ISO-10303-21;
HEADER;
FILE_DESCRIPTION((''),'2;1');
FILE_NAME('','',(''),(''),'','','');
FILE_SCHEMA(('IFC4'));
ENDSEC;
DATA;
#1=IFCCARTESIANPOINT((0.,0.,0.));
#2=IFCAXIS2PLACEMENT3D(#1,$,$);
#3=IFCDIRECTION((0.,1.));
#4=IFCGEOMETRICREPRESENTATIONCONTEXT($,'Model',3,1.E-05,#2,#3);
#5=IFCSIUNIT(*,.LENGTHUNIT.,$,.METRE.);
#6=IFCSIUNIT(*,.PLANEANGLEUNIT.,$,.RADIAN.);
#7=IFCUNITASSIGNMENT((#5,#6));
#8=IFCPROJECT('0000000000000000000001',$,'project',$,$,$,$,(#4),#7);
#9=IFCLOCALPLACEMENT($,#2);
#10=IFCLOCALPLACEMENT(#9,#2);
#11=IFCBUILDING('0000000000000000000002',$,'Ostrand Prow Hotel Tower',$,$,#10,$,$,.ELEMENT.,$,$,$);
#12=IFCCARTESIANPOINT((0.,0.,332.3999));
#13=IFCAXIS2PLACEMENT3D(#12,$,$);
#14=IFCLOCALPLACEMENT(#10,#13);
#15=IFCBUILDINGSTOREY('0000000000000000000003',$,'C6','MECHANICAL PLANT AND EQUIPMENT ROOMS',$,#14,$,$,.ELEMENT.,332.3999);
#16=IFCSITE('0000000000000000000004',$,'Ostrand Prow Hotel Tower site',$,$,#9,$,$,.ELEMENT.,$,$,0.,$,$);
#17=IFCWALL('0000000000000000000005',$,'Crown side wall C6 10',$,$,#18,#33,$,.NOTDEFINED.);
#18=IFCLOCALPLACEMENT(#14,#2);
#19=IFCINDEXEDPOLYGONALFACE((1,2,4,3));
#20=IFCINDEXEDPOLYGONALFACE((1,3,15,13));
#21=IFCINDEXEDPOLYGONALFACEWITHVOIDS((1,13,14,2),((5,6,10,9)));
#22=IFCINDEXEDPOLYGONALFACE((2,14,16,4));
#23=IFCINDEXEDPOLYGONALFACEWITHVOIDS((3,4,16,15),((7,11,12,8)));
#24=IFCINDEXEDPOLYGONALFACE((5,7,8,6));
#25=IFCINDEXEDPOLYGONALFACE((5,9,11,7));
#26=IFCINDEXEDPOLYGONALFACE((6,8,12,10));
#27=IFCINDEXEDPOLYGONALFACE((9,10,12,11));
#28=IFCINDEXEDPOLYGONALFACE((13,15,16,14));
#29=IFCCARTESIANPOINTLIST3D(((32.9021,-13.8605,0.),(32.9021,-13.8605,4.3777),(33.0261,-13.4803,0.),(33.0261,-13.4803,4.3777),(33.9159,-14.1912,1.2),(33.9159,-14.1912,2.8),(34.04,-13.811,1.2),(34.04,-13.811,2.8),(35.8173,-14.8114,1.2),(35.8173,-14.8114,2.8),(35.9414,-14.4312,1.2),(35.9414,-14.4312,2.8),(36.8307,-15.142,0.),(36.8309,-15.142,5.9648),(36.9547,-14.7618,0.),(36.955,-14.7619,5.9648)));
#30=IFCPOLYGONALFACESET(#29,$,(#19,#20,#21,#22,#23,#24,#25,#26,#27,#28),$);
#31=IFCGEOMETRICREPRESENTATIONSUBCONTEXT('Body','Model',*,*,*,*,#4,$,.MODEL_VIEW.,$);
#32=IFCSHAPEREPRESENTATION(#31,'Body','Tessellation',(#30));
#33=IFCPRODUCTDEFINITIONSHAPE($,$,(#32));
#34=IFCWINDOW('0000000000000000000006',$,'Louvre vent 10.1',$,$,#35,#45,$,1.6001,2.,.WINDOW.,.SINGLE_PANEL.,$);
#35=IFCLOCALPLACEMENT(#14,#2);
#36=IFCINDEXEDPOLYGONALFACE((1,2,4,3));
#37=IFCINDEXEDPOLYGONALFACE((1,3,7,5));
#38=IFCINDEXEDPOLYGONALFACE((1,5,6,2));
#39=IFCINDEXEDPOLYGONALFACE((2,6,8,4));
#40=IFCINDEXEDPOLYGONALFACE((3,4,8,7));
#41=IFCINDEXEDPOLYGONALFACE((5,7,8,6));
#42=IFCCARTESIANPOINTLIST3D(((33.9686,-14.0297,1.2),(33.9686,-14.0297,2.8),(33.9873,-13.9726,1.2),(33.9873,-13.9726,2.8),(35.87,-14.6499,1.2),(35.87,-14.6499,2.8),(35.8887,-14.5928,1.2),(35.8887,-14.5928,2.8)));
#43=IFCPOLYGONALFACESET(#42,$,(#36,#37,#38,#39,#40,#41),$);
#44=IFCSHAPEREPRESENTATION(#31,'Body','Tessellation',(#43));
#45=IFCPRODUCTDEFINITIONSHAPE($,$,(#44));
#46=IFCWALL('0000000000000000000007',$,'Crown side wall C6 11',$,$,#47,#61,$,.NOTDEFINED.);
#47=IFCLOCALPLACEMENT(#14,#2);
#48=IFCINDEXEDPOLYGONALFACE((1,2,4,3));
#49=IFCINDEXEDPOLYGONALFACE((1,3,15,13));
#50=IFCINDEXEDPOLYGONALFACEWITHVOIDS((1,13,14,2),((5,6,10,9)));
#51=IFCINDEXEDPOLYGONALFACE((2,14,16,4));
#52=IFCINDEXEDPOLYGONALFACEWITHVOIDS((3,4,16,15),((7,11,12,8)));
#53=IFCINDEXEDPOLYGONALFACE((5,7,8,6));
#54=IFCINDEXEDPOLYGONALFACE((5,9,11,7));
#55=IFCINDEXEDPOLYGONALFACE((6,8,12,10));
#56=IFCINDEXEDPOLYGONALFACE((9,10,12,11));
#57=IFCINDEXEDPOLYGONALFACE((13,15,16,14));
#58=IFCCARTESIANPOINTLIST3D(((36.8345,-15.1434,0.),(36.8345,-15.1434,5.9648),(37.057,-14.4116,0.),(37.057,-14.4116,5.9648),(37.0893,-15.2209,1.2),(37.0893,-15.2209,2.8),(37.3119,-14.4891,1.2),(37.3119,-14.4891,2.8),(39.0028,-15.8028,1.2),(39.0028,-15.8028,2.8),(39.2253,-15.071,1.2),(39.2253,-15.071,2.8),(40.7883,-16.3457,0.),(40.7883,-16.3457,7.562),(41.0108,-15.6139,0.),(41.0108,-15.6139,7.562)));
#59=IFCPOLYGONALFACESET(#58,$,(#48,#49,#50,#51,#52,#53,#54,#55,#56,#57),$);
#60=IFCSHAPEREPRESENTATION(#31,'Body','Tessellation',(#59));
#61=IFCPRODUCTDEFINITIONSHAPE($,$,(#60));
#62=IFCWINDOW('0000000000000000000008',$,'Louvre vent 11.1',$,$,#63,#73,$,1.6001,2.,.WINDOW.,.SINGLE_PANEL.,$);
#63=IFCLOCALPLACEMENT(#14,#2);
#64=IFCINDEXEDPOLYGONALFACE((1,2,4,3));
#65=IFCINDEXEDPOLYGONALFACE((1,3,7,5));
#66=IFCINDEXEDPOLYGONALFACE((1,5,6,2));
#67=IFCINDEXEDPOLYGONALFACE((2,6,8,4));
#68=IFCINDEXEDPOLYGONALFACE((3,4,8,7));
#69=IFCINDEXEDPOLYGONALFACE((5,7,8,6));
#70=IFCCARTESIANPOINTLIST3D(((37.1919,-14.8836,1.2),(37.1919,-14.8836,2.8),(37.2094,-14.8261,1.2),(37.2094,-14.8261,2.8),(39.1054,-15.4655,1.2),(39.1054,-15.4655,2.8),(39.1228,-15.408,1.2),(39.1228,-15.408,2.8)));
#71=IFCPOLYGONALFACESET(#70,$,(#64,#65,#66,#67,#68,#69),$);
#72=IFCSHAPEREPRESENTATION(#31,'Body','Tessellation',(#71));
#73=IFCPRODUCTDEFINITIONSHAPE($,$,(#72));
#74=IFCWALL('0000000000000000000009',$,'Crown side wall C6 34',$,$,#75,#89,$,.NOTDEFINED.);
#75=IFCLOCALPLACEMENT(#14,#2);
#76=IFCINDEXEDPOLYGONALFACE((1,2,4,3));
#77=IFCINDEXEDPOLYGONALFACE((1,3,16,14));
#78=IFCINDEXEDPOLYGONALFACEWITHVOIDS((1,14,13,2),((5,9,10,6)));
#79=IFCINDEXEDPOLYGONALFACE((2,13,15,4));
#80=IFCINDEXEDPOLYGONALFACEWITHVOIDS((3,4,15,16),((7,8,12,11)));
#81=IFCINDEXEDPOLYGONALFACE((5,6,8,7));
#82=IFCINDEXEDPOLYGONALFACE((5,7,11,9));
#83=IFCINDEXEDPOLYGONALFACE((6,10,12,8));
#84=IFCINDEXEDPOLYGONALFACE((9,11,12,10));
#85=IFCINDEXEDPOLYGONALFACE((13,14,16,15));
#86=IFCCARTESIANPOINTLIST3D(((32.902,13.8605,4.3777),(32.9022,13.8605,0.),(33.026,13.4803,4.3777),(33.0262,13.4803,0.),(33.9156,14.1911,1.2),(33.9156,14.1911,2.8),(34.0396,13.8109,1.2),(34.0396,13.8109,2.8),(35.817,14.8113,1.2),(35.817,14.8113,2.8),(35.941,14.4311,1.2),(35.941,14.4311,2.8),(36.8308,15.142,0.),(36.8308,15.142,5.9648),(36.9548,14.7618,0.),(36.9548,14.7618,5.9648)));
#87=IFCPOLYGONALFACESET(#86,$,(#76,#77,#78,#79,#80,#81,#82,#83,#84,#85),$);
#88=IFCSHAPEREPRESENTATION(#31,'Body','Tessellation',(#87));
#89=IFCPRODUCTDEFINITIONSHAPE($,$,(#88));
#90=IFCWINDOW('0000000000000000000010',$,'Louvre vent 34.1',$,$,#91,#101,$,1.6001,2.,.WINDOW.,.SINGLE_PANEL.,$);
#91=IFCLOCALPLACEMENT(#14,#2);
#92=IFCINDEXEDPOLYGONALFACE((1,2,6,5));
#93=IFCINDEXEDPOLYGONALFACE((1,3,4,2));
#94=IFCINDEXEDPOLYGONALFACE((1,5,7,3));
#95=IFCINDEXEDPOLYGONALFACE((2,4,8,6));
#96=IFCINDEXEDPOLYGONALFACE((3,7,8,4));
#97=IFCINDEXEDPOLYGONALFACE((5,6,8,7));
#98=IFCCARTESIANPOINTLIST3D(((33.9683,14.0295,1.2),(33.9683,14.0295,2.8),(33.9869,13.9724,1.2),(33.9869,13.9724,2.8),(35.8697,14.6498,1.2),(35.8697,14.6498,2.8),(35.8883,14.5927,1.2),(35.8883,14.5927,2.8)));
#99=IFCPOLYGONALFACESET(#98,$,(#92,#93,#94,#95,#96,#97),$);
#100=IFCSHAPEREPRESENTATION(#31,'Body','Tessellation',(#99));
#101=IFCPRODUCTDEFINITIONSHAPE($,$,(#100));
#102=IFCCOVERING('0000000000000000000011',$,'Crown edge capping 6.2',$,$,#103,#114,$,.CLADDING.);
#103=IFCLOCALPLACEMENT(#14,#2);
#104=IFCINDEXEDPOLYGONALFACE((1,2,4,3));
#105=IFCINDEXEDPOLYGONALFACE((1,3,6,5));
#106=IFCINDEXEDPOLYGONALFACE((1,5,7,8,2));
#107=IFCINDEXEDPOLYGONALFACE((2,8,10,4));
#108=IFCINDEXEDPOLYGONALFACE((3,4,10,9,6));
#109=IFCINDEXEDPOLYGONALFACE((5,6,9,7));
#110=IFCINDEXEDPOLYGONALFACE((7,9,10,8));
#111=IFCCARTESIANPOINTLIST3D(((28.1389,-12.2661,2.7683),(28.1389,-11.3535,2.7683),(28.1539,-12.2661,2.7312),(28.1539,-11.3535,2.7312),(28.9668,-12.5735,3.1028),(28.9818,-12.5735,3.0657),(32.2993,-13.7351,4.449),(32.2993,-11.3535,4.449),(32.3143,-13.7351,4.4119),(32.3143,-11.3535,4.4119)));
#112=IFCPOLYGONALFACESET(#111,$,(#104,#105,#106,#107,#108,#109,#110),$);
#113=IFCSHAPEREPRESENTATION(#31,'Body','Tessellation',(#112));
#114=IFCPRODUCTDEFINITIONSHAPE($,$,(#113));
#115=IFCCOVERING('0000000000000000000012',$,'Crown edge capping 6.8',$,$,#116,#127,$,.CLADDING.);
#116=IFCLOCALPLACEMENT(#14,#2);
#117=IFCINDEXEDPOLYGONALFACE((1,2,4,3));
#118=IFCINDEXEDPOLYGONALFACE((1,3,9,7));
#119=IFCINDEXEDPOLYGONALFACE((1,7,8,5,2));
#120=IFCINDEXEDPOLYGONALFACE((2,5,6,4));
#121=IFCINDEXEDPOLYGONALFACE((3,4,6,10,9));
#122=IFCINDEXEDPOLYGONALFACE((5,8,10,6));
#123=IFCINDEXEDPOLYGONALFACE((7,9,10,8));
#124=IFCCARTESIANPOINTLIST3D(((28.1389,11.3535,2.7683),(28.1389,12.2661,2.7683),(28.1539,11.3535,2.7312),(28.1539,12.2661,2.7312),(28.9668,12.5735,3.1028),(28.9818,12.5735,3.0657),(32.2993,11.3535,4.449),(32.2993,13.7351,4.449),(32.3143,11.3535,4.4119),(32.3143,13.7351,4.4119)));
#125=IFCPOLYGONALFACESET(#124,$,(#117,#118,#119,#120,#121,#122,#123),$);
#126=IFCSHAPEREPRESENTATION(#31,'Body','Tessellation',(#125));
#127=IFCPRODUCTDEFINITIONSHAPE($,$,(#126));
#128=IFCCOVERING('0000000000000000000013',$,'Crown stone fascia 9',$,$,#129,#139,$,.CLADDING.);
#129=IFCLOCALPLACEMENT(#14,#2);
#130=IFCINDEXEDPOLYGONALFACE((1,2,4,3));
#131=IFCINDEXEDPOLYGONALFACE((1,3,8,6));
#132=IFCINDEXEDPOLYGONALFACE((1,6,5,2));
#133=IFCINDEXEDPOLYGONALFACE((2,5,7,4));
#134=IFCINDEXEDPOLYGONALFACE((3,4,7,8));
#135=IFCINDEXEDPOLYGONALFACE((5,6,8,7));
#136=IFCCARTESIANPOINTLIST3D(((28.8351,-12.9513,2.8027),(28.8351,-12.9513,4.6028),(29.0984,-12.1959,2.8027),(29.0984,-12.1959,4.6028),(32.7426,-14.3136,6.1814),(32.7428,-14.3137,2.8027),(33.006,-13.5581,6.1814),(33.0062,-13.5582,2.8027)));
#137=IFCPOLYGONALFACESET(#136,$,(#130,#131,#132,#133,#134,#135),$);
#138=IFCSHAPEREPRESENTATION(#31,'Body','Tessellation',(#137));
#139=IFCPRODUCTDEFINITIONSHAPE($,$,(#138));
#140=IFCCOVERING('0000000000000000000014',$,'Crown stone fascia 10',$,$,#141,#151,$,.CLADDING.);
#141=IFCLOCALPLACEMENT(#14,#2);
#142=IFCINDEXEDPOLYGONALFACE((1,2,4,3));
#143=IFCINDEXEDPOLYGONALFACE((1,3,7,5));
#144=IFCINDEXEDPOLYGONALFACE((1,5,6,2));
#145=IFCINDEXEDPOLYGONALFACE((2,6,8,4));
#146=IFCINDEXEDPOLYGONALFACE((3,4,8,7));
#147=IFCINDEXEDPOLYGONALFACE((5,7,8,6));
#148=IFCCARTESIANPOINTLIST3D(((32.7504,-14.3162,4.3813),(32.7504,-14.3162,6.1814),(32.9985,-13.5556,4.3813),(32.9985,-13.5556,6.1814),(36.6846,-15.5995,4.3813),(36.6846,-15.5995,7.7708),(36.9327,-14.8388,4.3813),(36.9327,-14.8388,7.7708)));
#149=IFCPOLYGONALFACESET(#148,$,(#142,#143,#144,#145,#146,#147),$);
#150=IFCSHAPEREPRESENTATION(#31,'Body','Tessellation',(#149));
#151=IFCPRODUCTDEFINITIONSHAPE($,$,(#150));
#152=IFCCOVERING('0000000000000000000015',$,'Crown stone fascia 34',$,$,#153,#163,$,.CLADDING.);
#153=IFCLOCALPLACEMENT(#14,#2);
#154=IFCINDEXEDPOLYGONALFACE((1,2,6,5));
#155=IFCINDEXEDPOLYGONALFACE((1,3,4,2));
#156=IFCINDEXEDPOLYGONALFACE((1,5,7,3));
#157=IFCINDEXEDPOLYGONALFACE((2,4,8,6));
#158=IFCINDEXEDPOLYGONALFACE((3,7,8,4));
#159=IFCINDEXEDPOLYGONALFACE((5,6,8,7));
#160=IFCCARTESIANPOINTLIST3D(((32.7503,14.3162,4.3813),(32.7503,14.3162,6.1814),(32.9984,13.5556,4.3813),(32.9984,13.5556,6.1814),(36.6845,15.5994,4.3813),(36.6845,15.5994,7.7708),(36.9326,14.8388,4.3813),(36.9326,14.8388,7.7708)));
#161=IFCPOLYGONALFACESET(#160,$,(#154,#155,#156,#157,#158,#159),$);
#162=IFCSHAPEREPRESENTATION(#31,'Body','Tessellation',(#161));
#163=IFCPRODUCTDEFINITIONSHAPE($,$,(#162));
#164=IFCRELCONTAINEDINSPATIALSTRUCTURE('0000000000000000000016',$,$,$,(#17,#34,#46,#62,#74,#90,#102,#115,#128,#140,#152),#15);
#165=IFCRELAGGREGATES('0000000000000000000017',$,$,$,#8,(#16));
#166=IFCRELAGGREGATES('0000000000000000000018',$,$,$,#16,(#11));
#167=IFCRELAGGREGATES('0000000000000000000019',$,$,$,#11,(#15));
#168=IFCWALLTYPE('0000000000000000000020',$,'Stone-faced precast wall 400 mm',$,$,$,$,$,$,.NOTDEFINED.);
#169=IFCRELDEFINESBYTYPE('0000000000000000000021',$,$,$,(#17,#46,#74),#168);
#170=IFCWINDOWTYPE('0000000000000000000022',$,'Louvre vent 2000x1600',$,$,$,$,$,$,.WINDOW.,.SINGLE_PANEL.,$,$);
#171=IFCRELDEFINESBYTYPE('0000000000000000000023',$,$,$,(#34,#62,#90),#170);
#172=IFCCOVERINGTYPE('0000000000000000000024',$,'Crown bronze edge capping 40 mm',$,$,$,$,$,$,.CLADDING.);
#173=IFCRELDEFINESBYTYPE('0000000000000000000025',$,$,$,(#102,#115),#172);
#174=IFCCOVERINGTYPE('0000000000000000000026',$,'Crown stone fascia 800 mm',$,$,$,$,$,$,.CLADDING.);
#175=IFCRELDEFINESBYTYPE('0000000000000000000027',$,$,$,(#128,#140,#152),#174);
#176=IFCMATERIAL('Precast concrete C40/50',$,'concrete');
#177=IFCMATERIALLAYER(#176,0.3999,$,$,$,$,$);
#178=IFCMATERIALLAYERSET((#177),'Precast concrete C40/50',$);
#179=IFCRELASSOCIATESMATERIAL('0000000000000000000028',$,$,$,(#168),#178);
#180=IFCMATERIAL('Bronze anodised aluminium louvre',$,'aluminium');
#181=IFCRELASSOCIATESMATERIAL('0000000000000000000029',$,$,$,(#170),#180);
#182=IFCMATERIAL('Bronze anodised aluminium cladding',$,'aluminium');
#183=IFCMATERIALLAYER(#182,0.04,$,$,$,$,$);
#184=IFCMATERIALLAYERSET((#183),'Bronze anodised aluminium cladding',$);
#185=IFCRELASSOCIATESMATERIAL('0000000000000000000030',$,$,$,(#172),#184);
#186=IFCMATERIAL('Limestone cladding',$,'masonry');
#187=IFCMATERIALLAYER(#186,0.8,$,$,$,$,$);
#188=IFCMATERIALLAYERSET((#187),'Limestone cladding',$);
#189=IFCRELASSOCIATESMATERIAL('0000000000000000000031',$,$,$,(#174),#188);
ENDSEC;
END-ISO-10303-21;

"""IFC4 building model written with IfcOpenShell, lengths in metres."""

from ifc_helpers import new_model, si_unit, direction, frame, frame_2d, origin, place, context, subcontext, project, spatial, polyline, rectangle, outline, extrude, material, layer, layer_set, type_object, element, fill, save


model = new_model("IFC4")

# Units and contexts
model_context = context("Model", 3, precision=1e-05, world=origin(), true_north=direction((0.0, 1.0)))
body_context = subcontext(model_context, "Body", "Model", "MODEL_VIEW")
ifc_project = project(units=[si_unit("LENGTHUNIT", "METRE"), si_unit("PLANEANGLEUNIT", "RADIAN")], contexts=[model_context])

# Site, building, storey
site_placement = place(None, origin())
site = spatial("IfcSite", under=ifc_project, at=site_placement, Name="Ostrand Prow Hotel Tower site", CompositionType="ELEMENT", RefElevation=0.0)
building_placement = place(site_placement, origin())
building = spatial("IfcBuilding", under=site, at=building_placement, Name="Ostrand Prow Hotel Tower", CompositionType="ELEMENT")
storey_placement = place(building_placement, frame((0.0, 0.0, 332.3999)))
storey = spatial("IfcBuildingStorey", under=building, at=storey_placement, Name="C6", Description="MECHANICAL PLANT AND EQUIPMENT ROOMS", CompositionType="ELEMENT", Elevation=332.3999)

# Walls, openings, windows
ifc_material_1 = material(Name="Precast concrete C40/50", Category="concrete")
ifc_layer_1 = layer(ifc_material_1, 0.3999)
ifc_layer_set_1 = layer_set([ifc_layer_1], Name="Precast concrete C40/50")
wall_type_1 = type_object("IfcWallType", Name="Stone-faced precast wall 400 mm", PredefinedType="NOTDEFINED", material=ifc_layer_set_1)
wall_1_placement = place(storey_placement, frame((32.9641, -13.6704, 0.0), z_axis=(0.0, 0.0, 1.0), x_axis=(0.950702, -0.310107, 0.0)))
wall_1 = element("IfcWall", 1, at=wall_1_placement, inside=storey, type_object=wall_type_1, Name="Crown side wall C6 10", PredefinedType="NOTDEFINED", context=body_context, shape_type="SweptSolid", body=[
    extrude(outline(polyline([(0.0, 0.0), (4.1323, 0.0), (4.1326, 5.9648), (0.0, 4.3777), (0.0, 0.0)])), frame((0.0, 0.2, 0.0), z_axis=(0.0, -1.0, 0.0), x_axis=(1.0, 0.0, 0.0)), (0.0, 0.0, 1.0), 0.3999),
])
opening_1_placement = place(wall_1_placement, frame((1.0664, 0.0, 1.2)))
opening_1 = element("IfcOpeningElement", 2, at=opening_1_placement, cuts=wall_1, PredefinedType="OPENING", context=body_context, shape_type="SweptSolid", body=[
    extrude(rectangle(XDim=2.0, YDim=1.6001, at=frame_2d((1.0, 0.8))), frame((0.0, 0.21, 0.0), z_axis=(0.0, -1.0, 0.0), x_axis=(1.0, 0.0, 0.0)), (0.0, 0.0, 1.0), 0.4199),
])
ifc_material_2 = material(Name="Bronze anodised aluminium louvre", Category="aluminium")
window_type = type_object("IfcWindowType", Name="Louvre vent 2000x1600", PartitioningType="SINGLE_PANEL", PredefinedType="WINDOW", material=ifc_material_2)
window_1_placement = place(opening_1_placement, origin())
window_1 = element("IfcWindow", 3, at=window_1_placement, inside=storey, type_object=window_type, Name="Louvre vent 10.1", OverallHeight=1.6001, OverallWidth=2.0, PartitioningType="SINGLE_PANEL", PredefinedType="WINDOW", context=body_context, shape_type="SweptSolid", body=[
    extrude(rectangle(XDim=2.0, YDim=1.6001, at=frame_2d((1.0, 0.8))), frame((0.0, 0.03, 0.0), z_axis=(0.0, -1.0, 0.0), x_axis=(1.0, 0.0, 0.0)), (0.0, 0.0, 1.0), 0.0601),
])
fill(opening_1, window_1)
wall_2_placement = place(storey_placement, frame((36.9458, -14.7773, 0.0), z_axis=(0.0, 0.0, 1.0), x_axis=(0.956738, -0.29095, 0.0)))
wall_2 = element("IfcWall", 4, at=wall_2_placement, inside=storey, type_object=wall_type_1, Name="Crown side wall C6 11", PredefinedType="NOTDEFINED", context=body_context, shape_type="SweptSolid", body=[
    extrude(outline(polyline([(0.0, 0.0), (4.1326, 0.0), (4.1326, 7.562), (0.0, 5.9648), (0.0, 0.0)])), frame((0.0, 0.3823, 0.0), z_axis=(0.0, -1.0, 0.0), x_axis=(1.0, 0.0, 0.0)), (0.0, 0.0, 1.0), 0.7649),
])
opening_2_placement = place(wall_2_placement, frame((0.2664, 0.0, 1.2)))
opening_2 = element("IfcOpeningElement", 5, at=opening_2_placement, cuts=wall_2, PredefinedType="OPENING", context=body_context, shape_type="SweptSolid", body=[
    extrude(rectangle(XDim=2.0, YDim=1.6001, at=frame_2d((1.0, 0.8))), frame((0.0, 0.3923, 0.0), z_axis=(0.0, -1.0, 0.0), x_axis=(1.0, 0.0, 0.0)), (0.0, 0.0, 1.0), 0.7849),
])
window_2_placement = place(opening_2_placement, origin())
window_2 = element("IfcWindow", 6, at=window_2_placement, inside=storey, type_object=window_type, Name="Louvre vent 11.1", OverallHeight=1.6001, OverallWidth=2.0, PartitioningType="SINGLE_PANEL", PredefinedType="WINDOW", context=body_context, shape_type="SweptSolid", body=[
    extrude(rectangle(XDim=2.0, YDim=1.6001, at=frame_2d((1.0, 0.8))), frame((0.0, 0.03, 0.0), z_axis=(0.0, -1.0, 0.0), x_axis=(1.0, 0.0, 0.0)), (0.0, 0.0, 1.0), 0.0601),
])
fill(opening_2, window_2)
wall_3_placement = place(storey_placement, frame((36.8928, 14.9519, 0.0), z_axis=(0.0, 0.0, 1.0), x_axis=(-0.950702, -0.310107, 0.0)))
wall_3 = element("IfcWall", 7, at=wall_3_placement, inside=storey, type_object=wall_type_1, Name="Crown side wall C6 34", PredefinedType="NOTDEFINED", context=body_context, shape_type="SweptSolid", body=[
    extrude(outline(polyline([(0.0, 0.0), (4.1323, 0.0), (4.1326, 4.3777), (0.0, 5.9648), (0.0, 0.0)])), frame((0.0, 0.2, 0.0), z_axis=(0.0, -1.0, 0.0), x_axis=(1.0, 0.0, 0.0)), (0.0, 0.0, 1.0), 0.3999),
])
opening_3_placement = place(wall_3_placement, frame((1.0664, 0.0, 1.2)))
opening_3 = element("IfcOpeningElement", 8, at=opening_3_placement, cuts=wall_3, PredefinedType="OPENING", context=body_context, shape_type="SweptSolid", body=[
    extrude(rectangle(XDim=2.0, YDim=1.6001, at=frame_2d((1.0, 0.8))), frame((0.0, 0.21, 0.0), z_axis=(0.0, -1.0, 0.0), x_axis=(1.0, 0.0, 0.0)), (0.0, 0.0, 1.0), 0.4199),
])
window_3_placement = place(opening_3_placement, origin())
window_3 = element("IfcWindow", 9, at=window_3_placement, inside=storey, type_object=window_type, Name="Louvre vent 34.1", OverallHeight=1.6001, OverallWidth=2.0, PartitioningType="SINGLE_PANEL", PredefinedType="WINDOW", context=body_context, shape_type="SweptSolid", body=[
    extrude(rectangle(XDim=2.0, YDim=1.6001, at=frame_2d((1.0, 0.8))), frame((0.0, 0.03, 0.0), z_axis=(0.0, -1.0, 0.0), x_axis=(1.0, 0.0, 0.0)), (0.0, 0.0, 1.0), 0.0601),
])
fill(opening_3, window_3)

# Coverings
ifc_material_3 = material(Name="Bronze anodised aluminium cladding", Category="aluminium")
ifc_layer_2 = layer(ifc_material_3, 0.04)
ifc_layer_set_2 = layer_set([ifc_layer_2], Name="Bronze anodised aluminium cladding")
covering_type_1 = type_object("IfcCoveringType", Name="Crown bronze edge capping 40 mm", PredefinedType="CLADDING", material=ifc_layer_set_2)
covering_1_placement = place(storey_placement, frame((28.9668, -12.5735, 3.1028), z_axis=(-0.374556, 0.00001, 0.927204), x_axis=(0.882268, -0.307535, 0.356407)))
element("IfcCovering", 10, at=covering_1_placement, inside=storey, type_object=covering_type_1, Name="Crown edge capping 6.2", PredefinedType="CLADDING", context=body_context, shape_type="SweptSolid", body=[
    extrude(outline(polyline([(0.0, 0.0), (3.7772, 0.0), (3.0448, 2.2662), (-1.2248, 0.8863), (-0.9441, 0.0179), (0.0, 0.0)])), origin(), (0.0, 0.0, -1.0), 0.04),
])
covering_2_placement = place(storey_placement, frame((28.9668, 12.5735, 3.1028), z_axis=(-0.374556, -0.00001, 0.927204), x_axis=(-0.87671, -0.325497, -0.354162)))
element("IfcCovering", 11, at=covering_2_placement, inside=storey, type_object=covering_type_1, Name="Crown edge capping 6.8", PredefinedType="CLADDING", context=body_context, shape_type="SweptSolid", body=[
    extrude(outline(polyline([(0.0, 0.0), (0.9443, 0.0), (1.2414, 0.8629), (-3.0013, 2.3234), (-3.7765, 0.0715), (0.0, 0.0)])), origin(), (0.0, 0.0, -1.0), 0.04),
])

# Coverings
ifc_material_4 = material(Name="Limestone cladding", Category="masonry")
ifc_layer_3 = layer(ifc_material_4, 0.8)
ifc_layer_set_3 = layer_set([ifc_layer_3], Name="Limestone cladding")
covering_type_2 = type_object("IfcCoveringType", Name="Crown stone fascia 800 mm", PredefinedType="CLADDING", material=ifc_layer_set_3)
covering_3_placement = place(storey_placement, frame((28.9668, -12.5735, 2.8027), z_axis=(0.0, 0.0, 1.0), x_axis=(0.944264, -0.329189, 0.0)))
element("IfcCovering", 12, at=covering_3_placement, inside=storey, type_object=covering_type_2, Name="Crown stone fascia 9", PredefinedType="CLADDING", context=body_context, shape_type="SweptSolid", body=[
    extrude(outline(polyline([(0.0, 0.0), (4.1384, 0.0), (4.1382, 3.3787), (0.0, 1.8), (0.0, 0.0)])), frame((0.0, 0.3999, 0.0), z_axis=(0.0, -1.0, 0.0), x_axis=(1.0, 0.0, 0.0)), (0.0, 0.0, 1.0), 0.8),
])
covering_4_placement = place(storey_placement, frame((32.8745, -13.9358, 4.3813), z_axis=(0.0, 0.0, 1.0), x_axis=(0.950705, -0.310097, 0.0)))
element("IfcCovering", 13, at=covering_4_placement, inside=storey, type_object=covering_type_2, Name="Crown stone fascia 10", PredefinedType="CLADDING", context=body_context, shape_type="SweptSolid", body=[
    extrude(outline(polyline([(0.0, 0.0), (4.1382, 0.0), (4.1382, 3.3894), (0.0, 1.8), (0.0, 0.0)])), frame((0.0, 0.3999, 0.0), z_axis=(0.0, -1.0, 0.0), x_axis=(1.0, 0.0, 0.0)), (0.0, 0.0, 1.0), 0.8),
])
covering_5_placement = place(storey_placement, frame((36.8086, 15.219, 4.3813), z_axis=(0.0, 0.0, 1.0), x_axis=(-0.950705, -0.310097, 0.0)))
element("IfcCovering", 14, at=covering_5_placement, inside=storey, type_object=covering_type_2, Name="Crown stone fascia 34", PredefinedType="CLADDING", context=body_context, shape_type="SweptSolid", body=[
    extrude(outline(polyline([(0.0, 0.0), (4.1382, 0.0), (4.1382, 1.8), (0.0, 3.3894), (0.0, 0.0)])), frame((0.0, 0.3999, 0.0), z_axis=(0.0, -1.0, 0.0), x_axis=(1.0, 0.0, 0.0)), (0.0, 0.0, 1.0), 0.8),
])

save(model, "model.ifc")
